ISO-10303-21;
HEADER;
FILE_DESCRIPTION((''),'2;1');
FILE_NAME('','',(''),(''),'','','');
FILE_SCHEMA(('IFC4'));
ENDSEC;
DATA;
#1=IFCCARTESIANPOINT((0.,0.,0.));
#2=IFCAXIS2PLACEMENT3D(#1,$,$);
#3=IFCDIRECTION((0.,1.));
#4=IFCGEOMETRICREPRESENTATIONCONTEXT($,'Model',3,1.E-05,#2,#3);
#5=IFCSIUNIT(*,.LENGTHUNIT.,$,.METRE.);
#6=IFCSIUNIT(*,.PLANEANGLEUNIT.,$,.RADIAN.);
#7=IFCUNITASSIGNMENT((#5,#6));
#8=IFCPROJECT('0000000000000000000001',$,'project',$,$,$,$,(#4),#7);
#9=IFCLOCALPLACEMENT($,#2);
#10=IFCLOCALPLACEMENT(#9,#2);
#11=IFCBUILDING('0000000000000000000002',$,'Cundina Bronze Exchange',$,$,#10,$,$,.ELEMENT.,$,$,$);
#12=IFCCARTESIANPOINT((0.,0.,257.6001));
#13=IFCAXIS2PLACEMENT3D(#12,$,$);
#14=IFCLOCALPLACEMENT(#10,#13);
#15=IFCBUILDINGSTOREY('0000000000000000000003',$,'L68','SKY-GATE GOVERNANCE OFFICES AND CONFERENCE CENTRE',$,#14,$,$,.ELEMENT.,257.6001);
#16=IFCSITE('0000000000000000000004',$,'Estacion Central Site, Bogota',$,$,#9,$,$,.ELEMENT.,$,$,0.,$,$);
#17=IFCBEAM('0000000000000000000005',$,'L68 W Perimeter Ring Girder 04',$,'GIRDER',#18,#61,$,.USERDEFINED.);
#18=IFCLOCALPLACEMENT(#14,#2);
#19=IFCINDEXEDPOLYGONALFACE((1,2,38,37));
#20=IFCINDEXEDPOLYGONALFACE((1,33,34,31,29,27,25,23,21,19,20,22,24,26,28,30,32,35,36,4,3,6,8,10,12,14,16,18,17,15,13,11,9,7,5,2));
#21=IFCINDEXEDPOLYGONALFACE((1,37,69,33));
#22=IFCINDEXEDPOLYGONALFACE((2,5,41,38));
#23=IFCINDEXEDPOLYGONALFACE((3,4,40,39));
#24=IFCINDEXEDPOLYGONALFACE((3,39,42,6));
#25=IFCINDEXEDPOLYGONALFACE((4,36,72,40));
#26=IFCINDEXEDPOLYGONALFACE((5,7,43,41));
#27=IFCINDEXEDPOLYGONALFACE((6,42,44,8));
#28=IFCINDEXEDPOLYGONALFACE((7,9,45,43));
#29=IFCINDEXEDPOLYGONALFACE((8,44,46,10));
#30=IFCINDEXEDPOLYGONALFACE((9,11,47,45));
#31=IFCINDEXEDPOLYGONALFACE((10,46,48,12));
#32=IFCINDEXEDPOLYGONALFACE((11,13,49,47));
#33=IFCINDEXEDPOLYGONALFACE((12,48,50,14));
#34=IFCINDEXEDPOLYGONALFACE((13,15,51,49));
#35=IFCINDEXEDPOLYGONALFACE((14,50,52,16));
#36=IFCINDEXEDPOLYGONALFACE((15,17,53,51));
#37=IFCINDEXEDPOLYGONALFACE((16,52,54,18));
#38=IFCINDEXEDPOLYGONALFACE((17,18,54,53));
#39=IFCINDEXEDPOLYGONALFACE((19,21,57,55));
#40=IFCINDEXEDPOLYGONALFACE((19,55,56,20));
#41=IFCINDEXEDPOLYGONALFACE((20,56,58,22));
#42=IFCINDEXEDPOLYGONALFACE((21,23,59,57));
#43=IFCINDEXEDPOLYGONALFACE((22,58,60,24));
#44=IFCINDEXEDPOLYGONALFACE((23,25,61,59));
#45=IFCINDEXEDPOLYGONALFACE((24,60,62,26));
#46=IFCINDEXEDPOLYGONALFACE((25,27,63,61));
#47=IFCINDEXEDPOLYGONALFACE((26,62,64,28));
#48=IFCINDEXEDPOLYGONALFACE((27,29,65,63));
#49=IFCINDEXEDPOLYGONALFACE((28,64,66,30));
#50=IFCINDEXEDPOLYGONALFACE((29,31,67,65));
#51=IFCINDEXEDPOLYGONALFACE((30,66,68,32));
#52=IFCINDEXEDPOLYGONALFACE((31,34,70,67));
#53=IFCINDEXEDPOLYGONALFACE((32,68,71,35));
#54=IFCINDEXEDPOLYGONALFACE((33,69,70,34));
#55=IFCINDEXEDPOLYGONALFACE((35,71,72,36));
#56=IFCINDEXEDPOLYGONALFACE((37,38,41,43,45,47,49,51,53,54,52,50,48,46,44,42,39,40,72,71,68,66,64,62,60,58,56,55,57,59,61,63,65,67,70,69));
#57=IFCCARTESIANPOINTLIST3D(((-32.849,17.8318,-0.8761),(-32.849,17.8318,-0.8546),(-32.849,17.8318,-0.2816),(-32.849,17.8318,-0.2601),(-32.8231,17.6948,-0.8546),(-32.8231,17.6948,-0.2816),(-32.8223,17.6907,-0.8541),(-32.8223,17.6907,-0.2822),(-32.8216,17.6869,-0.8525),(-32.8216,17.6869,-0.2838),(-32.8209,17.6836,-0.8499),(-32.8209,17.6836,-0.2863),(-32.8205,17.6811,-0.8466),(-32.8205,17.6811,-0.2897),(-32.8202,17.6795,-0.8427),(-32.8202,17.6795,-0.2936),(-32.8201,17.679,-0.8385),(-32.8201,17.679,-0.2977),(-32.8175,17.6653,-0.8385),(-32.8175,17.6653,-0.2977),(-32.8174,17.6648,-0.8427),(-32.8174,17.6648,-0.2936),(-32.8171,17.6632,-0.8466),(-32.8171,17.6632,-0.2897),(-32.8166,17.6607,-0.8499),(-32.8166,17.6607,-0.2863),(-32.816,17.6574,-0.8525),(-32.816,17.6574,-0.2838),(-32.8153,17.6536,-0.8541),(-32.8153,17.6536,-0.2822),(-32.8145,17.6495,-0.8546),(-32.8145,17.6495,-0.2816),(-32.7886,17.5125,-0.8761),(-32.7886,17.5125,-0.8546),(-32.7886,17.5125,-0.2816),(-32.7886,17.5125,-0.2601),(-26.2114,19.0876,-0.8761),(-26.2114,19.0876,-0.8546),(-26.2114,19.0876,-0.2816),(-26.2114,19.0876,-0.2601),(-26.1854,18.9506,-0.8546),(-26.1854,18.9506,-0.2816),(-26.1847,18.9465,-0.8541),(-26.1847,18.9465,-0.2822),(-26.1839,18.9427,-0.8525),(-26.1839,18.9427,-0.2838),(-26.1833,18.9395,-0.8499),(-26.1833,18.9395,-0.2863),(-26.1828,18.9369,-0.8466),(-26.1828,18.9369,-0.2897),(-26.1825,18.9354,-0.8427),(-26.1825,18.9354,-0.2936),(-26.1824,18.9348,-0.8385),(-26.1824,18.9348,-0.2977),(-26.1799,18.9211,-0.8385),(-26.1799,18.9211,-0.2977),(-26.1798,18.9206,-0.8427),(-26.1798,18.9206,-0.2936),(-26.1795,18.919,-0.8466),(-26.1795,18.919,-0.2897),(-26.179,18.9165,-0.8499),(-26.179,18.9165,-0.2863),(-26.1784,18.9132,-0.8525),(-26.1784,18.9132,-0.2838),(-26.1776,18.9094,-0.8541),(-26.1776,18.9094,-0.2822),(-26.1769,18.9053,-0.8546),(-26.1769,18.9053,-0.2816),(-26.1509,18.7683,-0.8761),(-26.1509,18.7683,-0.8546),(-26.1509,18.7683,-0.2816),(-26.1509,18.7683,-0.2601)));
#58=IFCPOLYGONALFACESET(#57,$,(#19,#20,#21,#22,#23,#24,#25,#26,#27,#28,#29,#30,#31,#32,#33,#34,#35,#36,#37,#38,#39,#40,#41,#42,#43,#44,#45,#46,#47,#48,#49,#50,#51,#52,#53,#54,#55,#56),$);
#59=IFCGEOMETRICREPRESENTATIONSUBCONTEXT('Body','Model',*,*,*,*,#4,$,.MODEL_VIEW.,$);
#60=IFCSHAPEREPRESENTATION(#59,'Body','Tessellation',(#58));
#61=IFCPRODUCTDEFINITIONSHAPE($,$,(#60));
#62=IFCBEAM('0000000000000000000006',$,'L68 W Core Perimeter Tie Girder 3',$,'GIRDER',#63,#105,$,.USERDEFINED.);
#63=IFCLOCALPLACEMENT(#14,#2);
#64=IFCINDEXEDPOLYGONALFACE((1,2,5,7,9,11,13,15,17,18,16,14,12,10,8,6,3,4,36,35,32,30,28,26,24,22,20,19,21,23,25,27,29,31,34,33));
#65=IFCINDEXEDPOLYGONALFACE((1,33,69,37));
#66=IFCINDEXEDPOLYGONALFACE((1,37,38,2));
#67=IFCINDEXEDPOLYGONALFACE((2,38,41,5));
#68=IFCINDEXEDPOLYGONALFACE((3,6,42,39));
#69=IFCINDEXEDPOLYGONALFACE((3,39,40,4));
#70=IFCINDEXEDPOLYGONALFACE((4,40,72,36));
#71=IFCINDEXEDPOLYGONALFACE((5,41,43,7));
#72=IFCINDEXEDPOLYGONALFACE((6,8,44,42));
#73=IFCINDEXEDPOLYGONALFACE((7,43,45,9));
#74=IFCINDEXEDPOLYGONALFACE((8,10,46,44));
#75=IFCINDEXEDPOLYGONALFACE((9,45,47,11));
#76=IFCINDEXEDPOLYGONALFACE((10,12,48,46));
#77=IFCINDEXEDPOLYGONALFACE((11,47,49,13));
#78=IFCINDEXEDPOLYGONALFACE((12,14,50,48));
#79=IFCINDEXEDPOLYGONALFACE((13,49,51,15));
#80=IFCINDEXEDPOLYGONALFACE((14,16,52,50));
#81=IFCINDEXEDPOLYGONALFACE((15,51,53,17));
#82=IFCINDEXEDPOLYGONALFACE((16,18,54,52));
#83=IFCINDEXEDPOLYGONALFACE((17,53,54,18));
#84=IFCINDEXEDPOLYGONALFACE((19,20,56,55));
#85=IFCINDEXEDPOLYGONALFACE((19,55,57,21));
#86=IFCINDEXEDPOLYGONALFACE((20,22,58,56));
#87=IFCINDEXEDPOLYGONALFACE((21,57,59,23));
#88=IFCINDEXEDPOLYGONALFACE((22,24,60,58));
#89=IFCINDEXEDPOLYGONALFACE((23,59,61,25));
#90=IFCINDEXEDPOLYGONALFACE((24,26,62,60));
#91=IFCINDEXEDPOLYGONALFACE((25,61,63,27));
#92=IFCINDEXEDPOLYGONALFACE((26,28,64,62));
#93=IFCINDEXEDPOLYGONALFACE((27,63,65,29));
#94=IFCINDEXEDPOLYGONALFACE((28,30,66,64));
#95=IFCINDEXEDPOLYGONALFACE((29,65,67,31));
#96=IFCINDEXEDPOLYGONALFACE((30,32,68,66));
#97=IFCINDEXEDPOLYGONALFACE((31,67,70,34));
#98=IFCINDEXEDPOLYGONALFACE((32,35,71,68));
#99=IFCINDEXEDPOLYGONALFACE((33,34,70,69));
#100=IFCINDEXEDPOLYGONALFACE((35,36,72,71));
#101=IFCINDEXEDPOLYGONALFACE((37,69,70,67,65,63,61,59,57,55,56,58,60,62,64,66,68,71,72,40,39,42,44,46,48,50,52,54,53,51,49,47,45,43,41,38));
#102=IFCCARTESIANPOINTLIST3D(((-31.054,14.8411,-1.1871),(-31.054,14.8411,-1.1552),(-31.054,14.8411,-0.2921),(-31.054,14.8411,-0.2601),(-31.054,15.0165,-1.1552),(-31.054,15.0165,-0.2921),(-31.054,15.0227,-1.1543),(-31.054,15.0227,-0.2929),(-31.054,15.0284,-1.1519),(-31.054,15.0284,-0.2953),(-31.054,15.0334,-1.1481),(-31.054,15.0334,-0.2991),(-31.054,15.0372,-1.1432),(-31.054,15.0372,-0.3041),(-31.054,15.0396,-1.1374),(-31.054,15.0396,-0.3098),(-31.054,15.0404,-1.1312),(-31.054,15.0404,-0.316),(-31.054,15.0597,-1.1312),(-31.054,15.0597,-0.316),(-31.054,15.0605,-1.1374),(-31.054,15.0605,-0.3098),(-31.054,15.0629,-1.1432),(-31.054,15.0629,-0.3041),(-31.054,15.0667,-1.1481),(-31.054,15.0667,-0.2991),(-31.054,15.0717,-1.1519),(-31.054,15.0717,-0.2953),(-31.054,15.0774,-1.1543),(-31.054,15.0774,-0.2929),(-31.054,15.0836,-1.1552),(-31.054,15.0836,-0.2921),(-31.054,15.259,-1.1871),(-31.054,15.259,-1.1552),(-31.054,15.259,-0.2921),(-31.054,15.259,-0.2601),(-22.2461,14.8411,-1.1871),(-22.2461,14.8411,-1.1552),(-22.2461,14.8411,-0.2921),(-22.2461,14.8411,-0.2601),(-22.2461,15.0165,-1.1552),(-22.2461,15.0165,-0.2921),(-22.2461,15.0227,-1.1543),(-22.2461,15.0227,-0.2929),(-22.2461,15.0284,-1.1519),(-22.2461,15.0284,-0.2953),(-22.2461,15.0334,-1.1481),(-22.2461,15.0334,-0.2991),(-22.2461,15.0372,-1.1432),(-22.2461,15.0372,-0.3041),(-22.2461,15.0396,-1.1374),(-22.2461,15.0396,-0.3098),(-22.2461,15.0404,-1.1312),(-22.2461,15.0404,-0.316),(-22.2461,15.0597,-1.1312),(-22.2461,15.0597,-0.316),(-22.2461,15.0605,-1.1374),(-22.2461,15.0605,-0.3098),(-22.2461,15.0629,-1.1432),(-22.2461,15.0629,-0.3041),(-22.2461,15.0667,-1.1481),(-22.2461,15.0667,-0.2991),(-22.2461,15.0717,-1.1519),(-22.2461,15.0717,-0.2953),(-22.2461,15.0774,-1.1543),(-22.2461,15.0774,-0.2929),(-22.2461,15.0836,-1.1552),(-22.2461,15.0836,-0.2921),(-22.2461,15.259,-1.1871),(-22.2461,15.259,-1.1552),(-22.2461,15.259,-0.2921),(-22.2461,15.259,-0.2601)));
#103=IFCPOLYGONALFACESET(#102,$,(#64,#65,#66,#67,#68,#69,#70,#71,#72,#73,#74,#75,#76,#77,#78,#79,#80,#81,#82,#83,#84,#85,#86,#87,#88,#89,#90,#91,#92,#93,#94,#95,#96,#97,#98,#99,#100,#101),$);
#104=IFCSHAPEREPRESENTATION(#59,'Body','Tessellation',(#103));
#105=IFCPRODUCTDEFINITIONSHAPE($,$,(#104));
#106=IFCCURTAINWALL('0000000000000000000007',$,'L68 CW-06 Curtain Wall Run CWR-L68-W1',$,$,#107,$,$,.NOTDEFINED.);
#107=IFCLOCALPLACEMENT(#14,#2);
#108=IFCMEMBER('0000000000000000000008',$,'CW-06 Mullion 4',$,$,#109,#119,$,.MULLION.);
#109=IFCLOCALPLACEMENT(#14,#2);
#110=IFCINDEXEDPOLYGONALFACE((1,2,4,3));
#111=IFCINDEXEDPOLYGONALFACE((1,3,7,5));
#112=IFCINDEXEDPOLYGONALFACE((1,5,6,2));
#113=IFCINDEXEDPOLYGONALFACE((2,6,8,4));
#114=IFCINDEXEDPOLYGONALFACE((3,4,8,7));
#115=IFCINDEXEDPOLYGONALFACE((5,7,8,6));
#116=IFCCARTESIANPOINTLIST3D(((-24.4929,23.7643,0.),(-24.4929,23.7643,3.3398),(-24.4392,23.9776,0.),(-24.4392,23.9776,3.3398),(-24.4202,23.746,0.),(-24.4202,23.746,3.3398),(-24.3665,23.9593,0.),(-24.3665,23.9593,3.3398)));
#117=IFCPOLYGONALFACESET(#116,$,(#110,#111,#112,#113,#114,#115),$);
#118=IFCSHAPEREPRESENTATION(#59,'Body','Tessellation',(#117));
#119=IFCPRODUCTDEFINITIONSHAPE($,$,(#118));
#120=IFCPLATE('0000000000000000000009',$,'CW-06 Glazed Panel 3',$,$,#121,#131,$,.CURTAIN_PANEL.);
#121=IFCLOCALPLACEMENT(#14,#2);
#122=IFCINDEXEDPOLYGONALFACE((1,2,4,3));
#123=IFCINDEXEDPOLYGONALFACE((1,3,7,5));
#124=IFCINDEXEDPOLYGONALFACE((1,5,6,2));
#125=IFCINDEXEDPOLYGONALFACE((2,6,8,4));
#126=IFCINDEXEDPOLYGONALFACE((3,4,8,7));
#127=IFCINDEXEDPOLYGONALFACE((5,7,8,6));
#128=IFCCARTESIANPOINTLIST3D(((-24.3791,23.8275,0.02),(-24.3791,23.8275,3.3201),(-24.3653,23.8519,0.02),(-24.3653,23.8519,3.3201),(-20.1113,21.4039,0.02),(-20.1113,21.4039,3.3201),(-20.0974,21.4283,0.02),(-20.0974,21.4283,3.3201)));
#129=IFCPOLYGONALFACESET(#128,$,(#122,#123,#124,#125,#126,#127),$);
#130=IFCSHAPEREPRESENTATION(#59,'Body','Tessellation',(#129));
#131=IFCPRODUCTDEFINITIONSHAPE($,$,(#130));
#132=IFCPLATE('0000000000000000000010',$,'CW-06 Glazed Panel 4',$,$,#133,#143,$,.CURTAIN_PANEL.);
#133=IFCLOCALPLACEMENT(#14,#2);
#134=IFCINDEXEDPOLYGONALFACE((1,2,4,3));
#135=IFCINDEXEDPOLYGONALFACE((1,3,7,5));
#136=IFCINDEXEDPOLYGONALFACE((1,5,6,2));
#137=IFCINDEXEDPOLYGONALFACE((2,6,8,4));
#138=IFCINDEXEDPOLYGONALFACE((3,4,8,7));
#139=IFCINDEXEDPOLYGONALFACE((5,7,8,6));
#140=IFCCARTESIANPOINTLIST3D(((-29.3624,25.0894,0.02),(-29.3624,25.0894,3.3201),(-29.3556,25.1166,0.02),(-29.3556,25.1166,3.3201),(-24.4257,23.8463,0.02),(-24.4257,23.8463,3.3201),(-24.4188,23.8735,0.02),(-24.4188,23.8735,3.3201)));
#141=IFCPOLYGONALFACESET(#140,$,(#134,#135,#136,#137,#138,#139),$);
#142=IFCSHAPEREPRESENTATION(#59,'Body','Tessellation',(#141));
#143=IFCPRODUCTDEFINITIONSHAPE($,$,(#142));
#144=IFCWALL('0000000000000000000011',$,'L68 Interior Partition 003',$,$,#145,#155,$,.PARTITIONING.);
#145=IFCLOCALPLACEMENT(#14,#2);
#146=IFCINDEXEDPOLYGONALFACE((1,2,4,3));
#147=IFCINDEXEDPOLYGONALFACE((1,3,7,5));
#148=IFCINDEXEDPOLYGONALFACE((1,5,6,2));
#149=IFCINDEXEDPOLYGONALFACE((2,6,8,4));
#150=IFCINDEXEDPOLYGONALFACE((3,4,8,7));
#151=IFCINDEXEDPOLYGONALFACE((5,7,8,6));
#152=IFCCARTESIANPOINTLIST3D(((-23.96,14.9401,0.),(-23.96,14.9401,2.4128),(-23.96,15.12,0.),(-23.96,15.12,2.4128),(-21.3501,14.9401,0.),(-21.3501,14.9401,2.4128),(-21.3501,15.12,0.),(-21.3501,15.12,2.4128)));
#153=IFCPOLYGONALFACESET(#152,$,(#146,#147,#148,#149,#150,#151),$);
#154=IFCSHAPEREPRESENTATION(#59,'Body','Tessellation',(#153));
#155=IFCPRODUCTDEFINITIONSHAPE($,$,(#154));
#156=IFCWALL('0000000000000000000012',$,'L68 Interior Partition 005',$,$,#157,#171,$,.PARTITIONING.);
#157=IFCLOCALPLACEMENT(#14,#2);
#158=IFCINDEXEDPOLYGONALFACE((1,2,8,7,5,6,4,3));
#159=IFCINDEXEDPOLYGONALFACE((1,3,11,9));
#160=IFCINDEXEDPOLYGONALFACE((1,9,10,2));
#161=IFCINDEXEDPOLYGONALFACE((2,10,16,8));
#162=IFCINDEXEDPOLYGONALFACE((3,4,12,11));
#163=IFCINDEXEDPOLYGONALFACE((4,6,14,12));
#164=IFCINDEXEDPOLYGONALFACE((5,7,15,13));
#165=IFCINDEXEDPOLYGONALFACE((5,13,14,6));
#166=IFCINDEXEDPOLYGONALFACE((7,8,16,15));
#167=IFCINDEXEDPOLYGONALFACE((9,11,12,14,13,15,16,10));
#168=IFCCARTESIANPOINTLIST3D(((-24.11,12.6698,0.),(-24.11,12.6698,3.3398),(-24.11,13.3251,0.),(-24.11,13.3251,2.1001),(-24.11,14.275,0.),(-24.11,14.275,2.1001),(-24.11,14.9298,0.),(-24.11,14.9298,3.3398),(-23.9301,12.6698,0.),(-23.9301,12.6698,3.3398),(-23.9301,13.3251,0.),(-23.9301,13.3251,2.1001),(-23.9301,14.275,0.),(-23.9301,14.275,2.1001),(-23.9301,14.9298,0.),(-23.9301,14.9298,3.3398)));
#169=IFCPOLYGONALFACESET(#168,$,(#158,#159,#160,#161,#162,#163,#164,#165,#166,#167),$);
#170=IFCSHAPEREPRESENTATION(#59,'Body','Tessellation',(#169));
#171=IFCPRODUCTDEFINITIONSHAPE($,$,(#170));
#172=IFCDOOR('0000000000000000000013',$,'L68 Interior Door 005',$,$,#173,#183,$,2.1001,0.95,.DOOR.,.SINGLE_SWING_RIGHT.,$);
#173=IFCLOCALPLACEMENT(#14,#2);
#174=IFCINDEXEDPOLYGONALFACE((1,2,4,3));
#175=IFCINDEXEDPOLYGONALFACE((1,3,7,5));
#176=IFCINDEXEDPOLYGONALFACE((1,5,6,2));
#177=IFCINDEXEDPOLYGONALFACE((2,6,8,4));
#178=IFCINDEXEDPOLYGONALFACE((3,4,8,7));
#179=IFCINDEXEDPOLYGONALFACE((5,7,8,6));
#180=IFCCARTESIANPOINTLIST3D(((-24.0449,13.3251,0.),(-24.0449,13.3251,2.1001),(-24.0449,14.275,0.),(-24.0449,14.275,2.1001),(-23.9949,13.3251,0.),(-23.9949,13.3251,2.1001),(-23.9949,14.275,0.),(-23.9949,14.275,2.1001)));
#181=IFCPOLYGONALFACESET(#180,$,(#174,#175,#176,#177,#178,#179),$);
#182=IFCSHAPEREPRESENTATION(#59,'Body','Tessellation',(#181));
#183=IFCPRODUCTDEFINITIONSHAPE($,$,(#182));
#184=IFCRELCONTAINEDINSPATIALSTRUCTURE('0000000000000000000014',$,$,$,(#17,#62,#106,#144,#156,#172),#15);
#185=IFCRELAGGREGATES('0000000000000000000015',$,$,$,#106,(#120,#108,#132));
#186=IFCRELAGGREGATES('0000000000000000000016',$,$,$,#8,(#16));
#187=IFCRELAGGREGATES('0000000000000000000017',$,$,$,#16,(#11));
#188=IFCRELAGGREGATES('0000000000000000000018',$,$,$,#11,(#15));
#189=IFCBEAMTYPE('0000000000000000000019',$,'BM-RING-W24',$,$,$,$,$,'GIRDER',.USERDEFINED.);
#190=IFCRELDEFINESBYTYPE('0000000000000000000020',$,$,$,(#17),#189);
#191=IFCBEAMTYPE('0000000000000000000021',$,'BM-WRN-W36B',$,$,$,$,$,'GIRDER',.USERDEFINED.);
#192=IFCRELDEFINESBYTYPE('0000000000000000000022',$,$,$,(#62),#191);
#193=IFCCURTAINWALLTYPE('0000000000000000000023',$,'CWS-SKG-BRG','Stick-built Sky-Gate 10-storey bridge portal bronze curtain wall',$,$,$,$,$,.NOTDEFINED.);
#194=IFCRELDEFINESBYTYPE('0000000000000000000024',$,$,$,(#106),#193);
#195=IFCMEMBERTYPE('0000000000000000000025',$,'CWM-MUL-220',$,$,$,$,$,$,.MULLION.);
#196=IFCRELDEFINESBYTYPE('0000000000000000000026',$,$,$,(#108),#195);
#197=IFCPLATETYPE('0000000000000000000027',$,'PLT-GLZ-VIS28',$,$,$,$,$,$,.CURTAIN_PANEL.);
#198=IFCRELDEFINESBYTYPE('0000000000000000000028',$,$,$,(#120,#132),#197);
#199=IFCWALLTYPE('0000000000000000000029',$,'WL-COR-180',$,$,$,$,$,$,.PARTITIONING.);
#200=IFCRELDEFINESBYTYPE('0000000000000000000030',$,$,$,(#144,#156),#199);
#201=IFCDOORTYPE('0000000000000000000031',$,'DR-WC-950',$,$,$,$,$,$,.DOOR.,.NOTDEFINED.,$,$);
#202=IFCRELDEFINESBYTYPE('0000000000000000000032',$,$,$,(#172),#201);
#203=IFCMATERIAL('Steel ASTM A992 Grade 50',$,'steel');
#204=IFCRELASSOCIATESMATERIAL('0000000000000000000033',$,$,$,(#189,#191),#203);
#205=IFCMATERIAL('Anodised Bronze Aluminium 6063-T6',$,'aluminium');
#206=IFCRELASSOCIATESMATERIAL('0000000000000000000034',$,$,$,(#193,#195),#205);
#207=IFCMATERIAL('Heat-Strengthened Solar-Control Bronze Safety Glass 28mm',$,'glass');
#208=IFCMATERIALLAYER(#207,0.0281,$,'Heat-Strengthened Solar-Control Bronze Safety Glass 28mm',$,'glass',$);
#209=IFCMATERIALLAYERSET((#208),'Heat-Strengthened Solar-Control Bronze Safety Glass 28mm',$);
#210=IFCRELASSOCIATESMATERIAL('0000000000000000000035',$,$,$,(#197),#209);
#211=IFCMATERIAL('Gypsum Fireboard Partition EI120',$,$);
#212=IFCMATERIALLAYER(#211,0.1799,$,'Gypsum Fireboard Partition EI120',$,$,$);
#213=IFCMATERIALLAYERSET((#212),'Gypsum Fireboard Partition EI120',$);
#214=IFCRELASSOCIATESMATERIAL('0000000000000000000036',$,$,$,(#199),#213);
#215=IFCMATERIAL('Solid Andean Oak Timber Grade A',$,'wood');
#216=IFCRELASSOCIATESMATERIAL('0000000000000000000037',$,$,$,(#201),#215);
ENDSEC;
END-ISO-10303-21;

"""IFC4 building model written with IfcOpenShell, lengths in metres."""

from ifc_helpers import new_model, si_unit, direction, frame, frame_2d, origin, origin_2d, place, context, subcontext, project, spatial, rectangle, i_section, extrude, material, layer, layer_set, material_profile, profile_set, type_object, element, fill, aggregate, save


model = new_model("IFC4")

# Units and contexts
model_context = context("Model", 3, precision=1e-05, world=origin(), true_north=direction((0.0, 1.0)))
body_context = subcontext(model_context, "Body", "Model", "MODEL_VIEW")
ifc_project = project(units=[si_unit("LENGTHUNIT", "METRE"), si_unit("PLANEANGLEUNIT", "RADIAN")], contexts=[model_context])

# Site, building, storey
site_placement = place(None, origin())
site = spatial("IfcSite", under=ifc_project, at=site_placement, Name="Estacion Central Site, Bogota", CompositionType="ELEMENT", RefElevation=0.0)
building_placement = place(site_placement, origin())
building = spatial("IfcBuilding", under=site, at=building_placement, Name="Cundina Bronze Exchange", CompositionType="ELEMENT")
storey_placement = place(building_placement, frame((0.0, 0.0, 257.6001)))
storey = spatial("IfcBuildingStorey", under=building, at=storey_placement, Name="L68", Description="SKY-GATE GOVERNANCE OFFICES AND CONFERENCE CENTRE", CompositionType="ELEMENT", Elevation=257.6001)

# Shared definitions
ifc_material_1 = material(Name="Steel ASTM A992 Grade 50", Category="steel")

# Beams
ifc_material_profile_1 = material_profile(ifc_material_1, i_section(OverallWidth=0.325, OverallDepth=0.616, WebThickness=0.0139, FlangeThickness=0.0215, FilletRadius=0.0161, at=origin_2d()), Name="W24X117", Category="steel")
ifc_profile_set_1 = profile_set([ifc_material_profile_1], Name="Steel ASTM A992 Grade 50")
beam_type_1 = type_object("IfcBeamType", Name="BM-RING-W24", ElementType="GIRDER", PredefinedType="USERDEFINED", material=ifc_profile_set_1)
beam_1_placement = place(storey_placement, frame((-26.1812, 18.928, -0.5681), z_axis=(-0.982568, -0.185903, 0.0), x_axis=(0.185903, -0.982568, 0.0)))
element("IfcBeam", 1, at=beam_1_placement, inside=storey, type_object=beam_type_1, Name="L68 W Perimeter Ring Girder 04", ObjectType="GIRDER", PredefinedType="USERDEFINED", context=body_context, shape_type="SweptSolid", body=[
    extrude(i_section(OverallWidth=0.325, OverallDepth=0.616, WebThickness=0.0139, FlangeThickness=0.0215, FilletRadius=0.0161, at=origin_2d()), origin(), (0.0, 0.0, 1.0), 6.7554),
])
ifc_material_profile_2 = material_profile(ifc_material_1, i_section(OverallWidth=0.418, OverallDepth=0.927, WebThickness=0.0193, FlangeThickness=0.032, FilletRadius=0.0239, at=origin_2d()), Name="W36X231", Category="steel")
ifc_profile_set_2 = profile_set([ifc_material_profile_2], Name="Steel ASTM A992 Grade 50")
beam_type_2 = type_object("IfcBeamType", Name="BM-WRN-W36B", ElementType="GIRDER", PredefinedType="USERDEFINED", material=ifc_profile_set_2)
beam_2_placement = place(storey_placement, frame((-22.2461, 15.05, -0.7236), z_axis=(-1.0, 0.0, 0.0), x_axis=(0.0, -1.0, 0.0)))
element("IfcBeam", 2, at=beam_2_placement, inside=storey, type_object=beam_type_2, Name="L68 W Core Perimeter Tie Girder 3", ObjectType="GIRDER", PredefinedType="USERDEFINED", context=body_context, shape_type="SweptSolid", body=[
    extrude(i_section(OverallWidth=0.418, OverallDepth=0.927, WebThickness=0.0193, FlangeThickness=0.032, FilletRadius=0.0239, at=origin_2d()), origin(), (0.0, 0.0, 1.0), 8.8079),
])

# Curtain wall, member, plates
ifc_material_2 = material(Name="Anodised Bronze Aluminium 6063-T6", Category="aluminium")
curtain_wall_type = type_object("IfcCurtainWallType", Name="CWS-SKG-BRG", Description="Stick-built Sky-Gate 10-storey bridge portal bronze curtain wall", PredefinedType="NOTDEFINED", material=ifc_material_2)
curtain_wall_placement = place(storey_placement, origin())
curtain_wall = element("IfcCurtainWall", 3, at=curtain_wall_placement, inside=storey, type_object=curtain_wall_type, Name="L68 CW-06 Curtain Wall Run CWR-L68-W1", PredefinedType="NOTDEFINED")
ifc_material_profile_3 = material_profile(ifc_material_2, rectangle(XDim=0.075, YDim=0.22, at=origin_2d()), Name="AL75X220", Category="aluminium")
ifc_profile_set_3 = profile_set([ifc_material_profile_3], Name="Anodised Bronze Aluminium 6063-T6")
member_type = type_object("IfcMemberType", Name="CWM-MUL-220", PredefinedType="MULLION", material=ifc_profile_set_3)
member_placement = place(storey_placement, frame((-24.4297, 23.8618, 0.0), z_axis=(0.0, 0.0, 1.0), x_axis=(-0.969744, 0.244123, 0.0)))
member = element("IfcMember", 4, at=member_placement, type_object=member_type, Name="CW-06 Mullion 4", PredefinedType="MULLION", context=body_context, shape_type="SweptSolid", body=[
    extrude(rectangle(XDim=0.075, YDim=0.22, at=origin_2d()), origin(), (0.0, 0.0, 1.0), 3.3398),
])
ifc_material_3 = material(Name="Heat-Strengthened Solar-Control Bronze Safety Glass 28mm", Category="glass")
ifc_layer_1 = layer(ifc_material_3, 0.0281, Name="Heat-Strengthened Solar-Control Bronze Safety Glass 28mm", Category="glass")
ifc_layer_set_1 = layer_set([ifc_layer_1], Name="Heat-Strengthened Solar-Control Bronze Safety Glass 28mm")
plate_type = type_object("IfcPlateType", Name="PLT-GLZ-VIS28", PredefinedType="CURTAIN_PANEL", material=ifc_layer_set_1)
plate_1_placement = place(storey_placement, frame((-22.2383, 22.6279, 0.02), z_axis=(0.0, 0.0, 1.0), x_axis=(-0.869573, 0.493805, 0.0)))
plate_1 = element("IfcPlate", 5, at=plate_1_placement, type_object=plate_type, Name="CW-06 Glazed Panel 3", PredefinedType="CURTAIN_PANEL", context=body_context, shape_type="SweptSolid", body=[
    extrude(rectangle(XDim=4.908, YDim=0.0281, at=origin_2d()), origin(), (0.0, 0.0, 1.0), 3.3),
])
plate_2_placement = place(storey_placement, frame((-26.8906, 24.4814, 0.02), z_axis=(0.0, 0.0, 1.0), x_axis=(-0.969732, 0.244174, 0.0)))
plate_2 = element("IfcPlate", 6, at=plate_2_placement, type_object=plate_type, Name="CW-06 Glazed Panel 4", PredefinedType="CURTAIN_PANEL", context=body_context, shape_type="SweptSolid", body=[
    extrude(rectangle(XDim=5.0908, YDim=0.0281, at=origin_2d()), origin(), (0.0, 0.0, 1.0), 3.3),
])
aggregate(curtain_wall, [plate_1, member, plate_2])

# Wall
ifc_material_4 = material(Name="Gypsum Fireboard Partition EI120")
ifc_layer_2 = layer(ifc_material_4, 0.1799, Name="Gypsum Fireboard Partition EI120")
ifc_layer_set_2 = layer_set([ifc_layer_2], Name="Gypsum Fireboard Partition EI120")
wall_type_1 = type_object("IfcWallType", Name="WL-COR-180", PredefinedType="PARTITIONING", material=ifc_layer_set_2)
wall_1_placement = place(storey_placement, frame((-23.96, 15.03, 0.0), z_axis=(0.0, 0.0, 1.0), x_axis=(1.0, 0.0, 0.0)))
element("IfcWall", 7, at=wall_1_placement, inside=storey, type_object=wall_type_1, Name="L68 Interior Partition 003", PredefinedType="PARTITIONING", context=body_context, shape_type="SweptSolid", body=[
    extrude(rectangle(XDim=2.6099, YDim=0.1799, at=frame_2d((1.3049, 0.0))), origin(), (0.0, 0.0, 1.0), 2.4128),
])

# Wall, opening, door
wall_2_placement = place(storey_placement, frame((-24.02, 12.6699, 0.0), z_axis=(0.0, 0.0, 1.0), x_axis=(0.0, 1.0, 0.0)))
wall_2 = element("IfcWall", 8, at=wall_2_placement, inside=storey, type_object=wall_type_1, Name="L68 Interior Partition 005", PredefinedType="PARTITIONING", context=body_context, shape_type="SweptSolid", body=[
    extrude(rectangle(XDim=2.26, YDim=0.1799, at=frame_2d((1.1299, 0.0))), origin(), (0.0, 0.0, 1.0), 3.3398),
])
opening_1_placement = place(wall_2_placement, frame((0.655, 0.0, 0.0)))
opening_1 = element("IfcOpeningElement", 9, at=opening_1_placement, cuts=wall_2, PredefinedType="OPENING", context=body_context, shape_type="SweptSolid", body=[
    extrude(rectangle(XDim=0.95, YDim=2.1001, at=frame_2d((0.4751, 1.05))), frame((0.0, 0.0999, 0.0), z_axis=(0.0, -1.0, 0.0), x_axis=(1.0, 0.0, 0.0)), (0.0, 0.0, 1.0), 0.2),
])
ifc_material_5 = material(Name="Solid Andean Oak Timber Grade A", Category="wood")
door_type_1 = type_object("IfcDoorType", Name="DR-WC-950", OperationType="NOTDEFINED", PredefinedType="DOOR", material=ifc_material_5)
door_1_placement = place(opening_1_placement, origin())
door_1 = element("IfcDoor", 10, at=door_1_placement, inside=storey, type_object=door_type_1, Name="L68 Interior Door 005", OperationType="SINGLE_SWING_RIGHT", OverallHeight=2.1001, OverallWidth=0.95, PredefinedType="DOOR", context=body_context, shape_type="SweptSolid", body=[
    extrude(rectangle(XDim=0.95, YDim=2.1001, at=frame_2d((0.4751, 1.05))), frame((0.0, 0.0249, 0.0), z_axis=(0.0, -1.0, 0.0), x_axis=(1.0, 0.0, 0.0)), (0.0, 0.0, 1.0), 0.05),
])
fill(opening_1, door_1)

save(model, "model.ifc")
